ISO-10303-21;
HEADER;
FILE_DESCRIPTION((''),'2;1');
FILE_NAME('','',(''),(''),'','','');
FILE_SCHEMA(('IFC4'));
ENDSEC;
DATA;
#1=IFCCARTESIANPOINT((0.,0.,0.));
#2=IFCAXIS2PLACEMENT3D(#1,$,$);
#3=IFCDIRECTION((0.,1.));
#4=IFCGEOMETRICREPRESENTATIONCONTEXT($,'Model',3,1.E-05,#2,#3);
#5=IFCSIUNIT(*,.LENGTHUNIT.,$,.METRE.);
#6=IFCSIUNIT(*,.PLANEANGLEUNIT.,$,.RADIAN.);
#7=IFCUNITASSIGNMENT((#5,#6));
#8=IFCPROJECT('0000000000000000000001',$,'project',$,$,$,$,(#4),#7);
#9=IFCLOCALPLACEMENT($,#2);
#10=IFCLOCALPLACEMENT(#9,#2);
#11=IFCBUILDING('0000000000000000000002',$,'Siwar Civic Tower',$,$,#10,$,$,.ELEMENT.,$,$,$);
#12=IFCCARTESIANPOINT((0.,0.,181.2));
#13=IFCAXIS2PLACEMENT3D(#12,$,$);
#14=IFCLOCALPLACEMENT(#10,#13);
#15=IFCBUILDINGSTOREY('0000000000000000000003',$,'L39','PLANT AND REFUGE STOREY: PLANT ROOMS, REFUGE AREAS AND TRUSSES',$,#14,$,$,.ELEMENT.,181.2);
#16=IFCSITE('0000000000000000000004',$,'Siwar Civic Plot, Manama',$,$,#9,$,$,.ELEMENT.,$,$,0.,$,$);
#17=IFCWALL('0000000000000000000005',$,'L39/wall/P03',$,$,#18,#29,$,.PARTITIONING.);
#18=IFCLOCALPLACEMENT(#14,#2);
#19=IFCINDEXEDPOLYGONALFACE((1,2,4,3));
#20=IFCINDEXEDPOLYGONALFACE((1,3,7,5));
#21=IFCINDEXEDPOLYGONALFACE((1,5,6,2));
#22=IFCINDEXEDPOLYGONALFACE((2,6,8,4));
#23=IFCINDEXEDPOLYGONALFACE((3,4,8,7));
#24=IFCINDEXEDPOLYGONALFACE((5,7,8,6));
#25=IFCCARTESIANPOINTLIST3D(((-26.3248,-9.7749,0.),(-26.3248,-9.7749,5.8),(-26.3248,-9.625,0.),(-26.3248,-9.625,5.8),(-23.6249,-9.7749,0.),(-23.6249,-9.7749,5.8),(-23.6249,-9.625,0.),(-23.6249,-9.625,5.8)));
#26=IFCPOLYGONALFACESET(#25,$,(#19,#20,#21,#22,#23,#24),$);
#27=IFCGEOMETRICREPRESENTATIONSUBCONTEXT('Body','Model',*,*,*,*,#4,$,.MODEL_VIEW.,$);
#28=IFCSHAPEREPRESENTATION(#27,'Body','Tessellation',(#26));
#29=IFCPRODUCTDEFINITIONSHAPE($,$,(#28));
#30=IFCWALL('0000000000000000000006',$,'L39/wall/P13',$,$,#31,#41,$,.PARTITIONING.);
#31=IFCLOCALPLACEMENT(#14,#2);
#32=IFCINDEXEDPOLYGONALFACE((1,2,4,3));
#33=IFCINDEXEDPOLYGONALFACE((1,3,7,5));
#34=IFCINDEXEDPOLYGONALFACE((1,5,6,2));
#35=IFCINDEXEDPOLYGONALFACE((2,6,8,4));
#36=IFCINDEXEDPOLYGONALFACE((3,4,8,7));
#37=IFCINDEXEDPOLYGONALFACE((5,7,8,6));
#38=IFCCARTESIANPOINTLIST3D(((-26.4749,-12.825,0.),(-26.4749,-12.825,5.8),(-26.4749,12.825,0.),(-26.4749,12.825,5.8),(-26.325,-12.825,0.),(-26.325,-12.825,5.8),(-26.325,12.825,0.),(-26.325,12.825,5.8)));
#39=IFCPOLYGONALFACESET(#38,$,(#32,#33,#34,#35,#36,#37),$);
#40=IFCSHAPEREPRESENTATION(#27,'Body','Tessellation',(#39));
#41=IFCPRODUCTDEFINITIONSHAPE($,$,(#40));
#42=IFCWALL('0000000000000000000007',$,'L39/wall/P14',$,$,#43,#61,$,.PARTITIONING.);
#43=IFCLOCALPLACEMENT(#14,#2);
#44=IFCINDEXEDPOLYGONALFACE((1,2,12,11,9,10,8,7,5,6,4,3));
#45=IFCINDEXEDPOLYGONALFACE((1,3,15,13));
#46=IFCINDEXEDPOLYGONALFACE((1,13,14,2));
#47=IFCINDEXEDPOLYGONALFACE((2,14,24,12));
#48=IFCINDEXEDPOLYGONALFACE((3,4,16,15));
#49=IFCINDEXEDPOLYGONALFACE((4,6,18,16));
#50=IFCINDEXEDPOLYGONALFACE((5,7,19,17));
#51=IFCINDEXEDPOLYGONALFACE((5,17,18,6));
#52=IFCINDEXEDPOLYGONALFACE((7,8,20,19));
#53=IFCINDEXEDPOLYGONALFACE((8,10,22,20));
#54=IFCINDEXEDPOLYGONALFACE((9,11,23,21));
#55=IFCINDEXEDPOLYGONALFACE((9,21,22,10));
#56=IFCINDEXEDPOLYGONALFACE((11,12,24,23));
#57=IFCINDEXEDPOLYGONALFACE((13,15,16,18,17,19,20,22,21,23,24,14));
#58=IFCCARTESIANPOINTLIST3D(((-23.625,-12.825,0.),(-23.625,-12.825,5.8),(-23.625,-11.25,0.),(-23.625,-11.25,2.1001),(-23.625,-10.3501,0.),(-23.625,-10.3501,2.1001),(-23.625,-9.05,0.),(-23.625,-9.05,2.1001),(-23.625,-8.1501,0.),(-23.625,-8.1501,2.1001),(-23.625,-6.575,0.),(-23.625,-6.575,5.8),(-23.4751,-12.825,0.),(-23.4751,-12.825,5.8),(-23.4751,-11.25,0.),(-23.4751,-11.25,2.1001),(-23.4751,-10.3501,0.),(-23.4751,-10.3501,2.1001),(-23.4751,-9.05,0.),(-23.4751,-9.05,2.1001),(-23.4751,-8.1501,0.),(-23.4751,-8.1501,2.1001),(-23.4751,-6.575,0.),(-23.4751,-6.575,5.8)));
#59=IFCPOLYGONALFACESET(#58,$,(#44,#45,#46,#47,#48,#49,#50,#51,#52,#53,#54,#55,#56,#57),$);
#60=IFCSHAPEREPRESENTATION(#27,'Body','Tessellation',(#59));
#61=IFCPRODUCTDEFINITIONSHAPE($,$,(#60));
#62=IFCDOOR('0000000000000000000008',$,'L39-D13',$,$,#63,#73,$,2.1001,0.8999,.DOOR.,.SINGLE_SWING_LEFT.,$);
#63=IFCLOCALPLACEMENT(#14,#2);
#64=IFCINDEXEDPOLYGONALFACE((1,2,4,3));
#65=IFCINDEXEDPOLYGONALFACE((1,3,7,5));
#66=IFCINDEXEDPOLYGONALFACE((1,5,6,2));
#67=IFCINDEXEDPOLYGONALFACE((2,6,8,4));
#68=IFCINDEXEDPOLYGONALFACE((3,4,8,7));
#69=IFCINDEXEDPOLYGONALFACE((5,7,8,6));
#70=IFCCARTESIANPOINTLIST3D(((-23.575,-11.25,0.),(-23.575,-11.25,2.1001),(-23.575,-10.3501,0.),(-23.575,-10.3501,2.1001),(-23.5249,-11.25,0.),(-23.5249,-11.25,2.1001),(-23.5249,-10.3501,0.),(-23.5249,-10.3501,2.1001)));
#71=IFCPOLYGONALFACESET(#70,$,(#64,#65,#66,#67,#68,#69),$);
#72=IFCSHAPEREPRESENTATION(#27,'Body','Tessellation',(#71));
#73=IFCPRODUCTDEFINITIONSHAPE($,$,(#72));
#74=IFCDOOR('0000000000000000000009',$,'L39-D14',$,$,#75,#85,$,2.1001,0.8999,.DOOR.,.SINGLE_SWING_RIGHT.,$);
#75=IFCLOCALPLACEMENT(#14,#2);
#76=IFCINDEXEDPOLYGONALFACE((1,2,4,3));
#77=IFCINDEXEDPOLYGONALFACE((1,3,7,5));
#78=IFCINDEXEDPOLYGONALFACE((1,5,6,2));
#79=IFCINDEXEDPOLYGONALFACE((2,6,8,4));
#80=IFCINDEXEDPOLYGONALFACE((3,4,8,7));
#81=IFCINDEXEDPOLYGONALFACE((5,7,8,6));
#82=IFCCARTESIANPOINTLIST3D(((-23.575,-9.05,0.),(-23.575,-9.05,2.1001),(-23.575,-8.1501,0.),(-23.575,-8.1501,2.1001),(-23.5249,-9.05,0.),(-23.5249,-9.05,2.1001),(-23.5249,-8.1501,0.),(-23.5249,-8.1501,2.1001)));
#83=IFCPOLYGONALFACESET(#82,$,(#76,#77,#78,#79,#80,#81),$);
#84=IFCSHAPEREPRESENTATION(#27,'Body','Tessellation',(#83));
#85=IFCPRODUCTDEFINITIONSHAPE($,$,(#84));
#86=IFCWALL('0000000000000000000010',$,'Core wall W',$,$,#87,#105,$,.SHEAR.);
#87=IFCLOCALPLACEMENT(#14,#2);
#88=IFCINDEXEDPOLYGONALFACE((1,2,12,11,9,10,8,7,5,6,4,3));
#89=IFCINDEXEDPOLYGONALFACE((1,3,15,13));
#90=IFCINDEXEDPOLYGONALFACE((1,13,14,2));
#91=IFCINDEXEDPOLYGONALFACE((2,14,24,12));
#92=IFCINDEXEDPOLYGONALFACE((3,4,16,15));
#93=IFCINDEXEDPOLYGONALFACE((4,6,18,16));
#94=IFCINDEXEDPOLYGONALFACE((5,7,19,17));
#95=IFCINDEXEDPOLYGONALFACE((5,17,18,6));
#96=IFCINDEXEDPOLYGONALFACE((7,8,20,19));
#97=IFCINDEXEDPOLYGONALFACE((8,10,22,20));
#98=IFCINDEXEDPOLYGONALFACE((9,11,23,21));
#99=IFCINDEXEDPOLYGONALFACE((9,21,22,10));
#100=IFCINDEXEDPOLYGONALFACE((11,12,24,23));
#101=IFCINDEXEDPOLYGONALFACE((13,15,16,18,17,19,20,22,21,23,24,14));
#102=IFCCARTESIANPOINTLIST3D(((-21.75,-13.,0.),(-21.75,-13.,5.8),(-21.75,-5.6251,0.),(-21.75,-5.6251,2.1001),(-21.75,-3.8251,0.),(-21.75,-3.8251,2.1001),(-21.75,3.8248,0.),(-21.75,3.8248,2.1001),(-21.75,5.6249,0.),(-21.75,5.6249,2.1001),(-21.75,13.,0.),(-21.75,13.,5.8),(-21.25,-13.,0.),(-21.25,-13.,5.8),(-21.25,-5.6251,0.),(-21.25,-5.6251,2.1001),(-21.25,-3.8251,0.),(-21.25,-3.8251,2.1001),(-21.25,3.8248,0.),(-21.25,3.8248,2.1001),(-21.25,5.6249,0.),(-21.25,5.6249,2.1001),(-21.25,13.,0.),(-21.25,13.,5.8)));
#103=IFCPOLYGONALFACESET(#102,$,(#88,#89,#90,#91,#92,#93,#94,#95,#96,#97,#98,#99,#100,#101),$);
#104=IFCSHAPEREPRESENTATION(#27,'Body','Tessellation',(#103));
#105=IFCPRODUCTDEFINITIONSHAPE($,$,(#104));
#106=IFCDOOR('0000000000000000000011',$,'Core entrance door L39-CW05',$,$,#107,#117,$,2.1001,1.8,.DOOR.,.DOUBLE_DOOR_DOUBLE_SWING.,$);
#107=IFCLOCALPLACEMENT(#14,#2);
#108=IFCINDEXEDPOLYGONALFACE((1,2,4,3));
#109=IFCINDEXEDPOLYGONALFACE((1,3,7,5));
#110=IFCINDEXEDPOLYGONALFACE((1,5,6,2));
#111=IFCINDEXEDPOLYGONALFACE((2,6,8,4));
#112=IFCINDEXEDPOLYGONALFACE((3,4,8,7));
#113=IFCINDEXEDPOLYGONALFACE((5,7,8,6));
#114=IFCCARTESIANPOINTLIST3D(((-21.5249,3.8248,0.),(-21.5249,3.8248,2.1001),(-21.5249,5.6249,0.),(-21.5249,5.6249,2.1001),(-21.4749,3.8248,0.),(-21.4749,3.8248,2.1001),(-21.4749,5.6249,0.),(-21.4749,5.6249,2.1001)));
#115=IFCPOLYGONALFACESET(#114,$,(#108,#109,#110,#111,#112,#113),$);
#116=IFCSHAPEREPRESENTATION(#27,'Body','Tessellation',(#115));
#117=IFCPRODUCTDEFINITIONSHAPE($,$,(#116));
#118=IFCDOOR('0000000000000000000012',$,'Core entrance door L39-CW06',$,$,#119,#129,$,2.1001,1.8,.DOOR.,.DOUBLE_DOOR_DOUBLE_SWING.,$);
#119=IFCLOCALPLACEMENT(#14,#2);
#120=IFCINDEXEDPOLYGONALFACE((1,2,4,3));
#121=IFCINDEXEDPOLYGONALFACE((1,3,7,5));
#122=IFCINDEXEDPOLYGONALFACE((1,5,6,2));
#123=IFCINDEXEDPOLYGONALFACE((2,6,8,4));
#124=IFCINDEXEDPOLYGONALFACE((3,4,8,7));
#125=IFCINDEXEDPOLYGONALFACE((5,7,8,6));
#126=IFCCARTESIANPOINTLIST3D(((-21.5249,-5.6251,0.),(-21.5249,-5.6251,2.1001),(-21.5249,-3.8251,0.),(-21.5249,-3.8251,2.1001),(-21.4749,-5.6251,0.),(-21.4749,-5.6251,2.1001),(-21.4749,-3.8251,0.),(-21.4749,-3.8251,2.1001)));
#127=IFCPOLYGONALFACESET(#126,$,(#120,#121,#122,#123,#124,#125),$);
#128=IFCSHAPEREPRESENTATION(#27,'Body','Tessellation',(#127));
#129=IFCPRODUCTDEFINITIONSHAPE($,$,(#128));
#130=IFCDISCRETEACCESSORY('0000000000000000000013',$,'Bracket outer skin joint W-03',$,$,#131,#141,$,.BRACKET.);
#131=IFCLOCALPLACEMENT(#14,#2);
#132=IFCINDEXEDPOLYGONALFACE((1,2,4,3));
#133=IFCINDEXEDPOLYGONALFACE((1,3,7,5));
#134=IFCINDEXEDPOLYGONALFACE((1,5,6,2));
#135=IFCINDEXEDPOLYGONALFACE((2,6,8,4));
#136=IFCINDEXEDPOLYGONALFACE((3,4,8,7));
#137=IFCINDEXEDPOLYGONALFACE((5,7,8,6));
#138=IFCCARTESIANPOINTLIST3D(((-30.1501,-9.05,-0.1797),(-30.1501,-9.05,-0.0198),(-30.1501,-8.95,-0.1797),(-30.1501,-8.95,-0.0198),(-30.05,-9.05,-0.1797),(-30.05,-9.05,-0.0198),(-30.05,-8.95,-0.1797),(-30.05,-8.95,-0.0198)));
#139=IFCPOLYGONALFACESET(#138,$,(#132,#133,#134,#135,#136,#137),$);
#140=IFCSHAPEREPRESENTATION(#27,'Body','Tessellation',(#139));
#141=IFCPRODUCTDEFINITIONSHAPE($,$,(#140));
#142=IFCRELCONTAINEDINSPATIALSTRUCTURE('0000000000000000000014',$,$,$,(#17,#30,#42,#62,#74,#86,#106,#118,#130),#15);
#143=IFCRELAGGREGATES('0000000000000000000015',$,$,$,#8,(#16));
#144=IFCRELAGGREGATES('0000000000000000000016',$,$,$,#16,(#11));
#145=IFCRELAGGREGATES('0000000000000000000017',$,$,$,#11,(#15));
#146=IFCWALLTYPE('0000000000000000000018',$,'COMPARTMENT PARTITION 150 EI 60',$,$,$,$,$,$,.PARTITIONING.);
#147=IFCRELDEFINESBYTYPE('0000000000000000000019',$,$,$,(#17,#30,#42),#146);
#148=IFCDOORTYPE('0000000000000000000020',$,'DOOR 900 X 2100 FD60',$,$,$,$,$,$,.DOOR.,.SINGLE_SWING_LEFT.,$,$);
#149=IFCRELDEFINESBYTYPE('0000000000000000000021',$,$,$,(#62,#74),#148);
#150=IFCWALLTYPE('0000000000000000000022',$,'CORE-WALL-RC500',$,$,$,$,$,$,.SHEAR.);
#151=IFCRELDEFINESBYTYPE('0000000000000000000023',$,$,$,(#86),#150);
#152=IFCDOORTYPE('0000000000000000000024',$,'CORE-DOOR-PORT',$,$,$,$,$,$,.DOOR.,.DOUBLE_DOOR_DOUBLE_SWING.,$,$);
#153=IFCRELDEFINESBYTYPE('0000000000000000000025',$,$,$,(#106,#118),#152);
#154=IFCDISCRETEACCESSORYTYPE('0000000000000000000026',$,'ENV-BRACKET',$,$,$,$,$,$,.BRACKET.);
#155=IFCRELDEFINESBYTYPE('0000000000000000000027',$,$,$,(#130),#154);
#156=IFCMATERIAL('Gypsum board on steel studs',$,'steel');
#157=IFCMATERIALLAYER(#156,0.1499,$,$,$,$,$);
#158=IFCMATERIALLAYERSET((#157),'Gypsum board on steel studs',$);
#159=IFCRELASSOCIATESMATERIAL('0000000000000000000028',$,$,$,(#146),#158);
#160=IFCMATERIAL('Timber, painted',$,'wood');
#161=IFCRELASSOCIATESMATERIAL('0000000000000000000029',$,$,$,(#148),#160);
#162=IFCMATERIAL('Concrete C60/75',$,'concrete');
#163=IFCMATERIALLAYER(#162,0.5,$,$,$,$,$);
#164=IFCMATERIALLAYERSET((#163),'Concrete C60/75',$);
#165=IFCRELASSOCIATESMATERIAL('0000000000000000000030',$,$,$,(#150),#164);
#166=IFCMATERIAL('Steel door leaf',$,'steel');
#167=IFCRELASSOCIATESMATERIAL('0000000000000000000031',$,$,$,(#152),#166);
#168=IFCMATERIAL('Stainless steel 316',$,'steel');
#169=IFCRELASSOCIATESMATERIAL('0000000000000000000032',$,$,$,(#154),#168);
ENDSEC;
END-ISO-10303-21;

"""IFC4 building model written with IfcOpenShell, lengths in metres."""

from ifc_helpers import new_model, si_unit, direction, frame, frame_2d, origin, origin_2d, place, context, subcontext, project, spatial, rectangle, extrude, material, layer, layer_set, type_object, element, fill, save


model = new_model("IFC4")

# Units and contexts
model_context = context("Model", 3, precision=1e-05, world=origin(), true_north=direction((0.0, 1.0)))
body_context = subcontext(model_context, "Body", "Model", "MODEL_VIEW")
ifc_project = project(units=[si_unit("LENGTHUNIT", "METRE"), si_unit("PLANEANGLEUNIT", "RADIAN")], contexts=[model_context])

# Site, building, storey
site_placement = place(None, origin())
site = spatial("IfcSite", under=ifc_project, at=site_placement, Name="Siwar Civic Plot, Manama", CompositionType="ELEMENT", RefElevation=0.0)
building_placement = place(site_placement, origin())
building = spatial("IfcBuilding", under=site, at=building_placement, Name="Siwar Civic Tower", CompositionType="ELEMENT")
storey_placement = place(building_placement, frame((0.0, 0.0, 181.2)))
storey = spatial("IfcBuildingStorey", under=building, at=storey_placement, Name="L39", Description="PLANT AND REFUGE STOREY: PLANT ROOMS, REFUGE AREAS AND TRUSSES", CompositionType="ELEMENT", Elevation=181.2)

# Walls
ifc_material_1 = material(Name="Gypsum board on steel studs", Category="steel")
ifc_layer_1 = layer(ifc_material_1, 0.1499)
ifc_layer_set_1 = layer_set([ifc_layer_1], Name="Gypsum board on steel studs")
wall_type_1 = type_object("IfcWallType", Name="COMPARTMENT PARTITION 150 EI 60", PredefinedType="PARTITIONING", material=ifc_layer_set_1)
wall_1_placement = place(storey_placement, frame((-26.325, -9.7, 0.0), z_axis=(0.0, 0.0, 1.0), x_axis=(1.0, 0.0, 0.0)))
element("IfcWall", 1, at=wall_1_placement, inside=storey, type_object=wall_type_1, Name="L39/wall/P03", PredefinedType="PARTITIONING", context=body_context, shape_type="SweptSolid", body=[
    extrude(rectangle(XDim=2.7, YDim=0.1499, at=frame_2d((1.3501, 0.0))), origin(), (0.0, 0.0, 1.0), 5.8),
])
wall_2_placement = place(storey_placement, frame((-26.3999, -12.825, 0.0), z_axis=(0.0, 0.0, 1.0), x_axis=(0.0, 1.0, 0.0)))
element("IfcWall", 2, at=wall_2_placement, inside=storey, type_object=wall_type_1, Name="L39/wall/P13", PredefinedType="PARTITIONING", context=body_context, shape_type="SweptSolid", body=[
    extrude(rectangle(XDim=25.6499, YDim=0.1499, at=frame_2d((12.825, 0.0))), origin(), (0.0, 0.0, 1.0), 5.8),
])

# Walls, openings, doors
wall_3_placement = place(storey_placement, frame((-23.55, -12.825, 0.0), z_axis=(0.0, 0.0, 1.0), x_axis=(0.0, 1.0, 0.0)))
wall_3 = element("IfcWall", 3, at=wall_3_placement, inside=storey, type_object=wall_type_1, Name="L39/wall/P14", PredefinedType="PARTITIONING", context=body_context, shape_type="SweptSolid", body=[
    extrude(rectangle(XDim=6.25, YDim=0.1499, at=frame_2d((3.125, 0.0))), origin(), (0.0, 0.0, 1.0), 5.8),
])
opening_1_placement = place(wall_3_placement, frame((1.575, 0.0, 0.0)))
opening_1 = element("IfcOpeningElement", 4, at=opening_1_placement, cuts=wall_3, PredefinedType="OPENING", context=body_context, shape_type="SweptSolid", body=[
    extrude(rectangle(XDim=0.8999, YDim=2.1001, at=frame_2d((0.45, 1.05))), frame((0.0, 0.085, 0.0), z_axis=(0.0, -1.0, 0.0), x_axis=(1.0, 0.0, 0.0)), (0.0, 0.0, 1.0), 0.1699),
])
opening_2_placement = place(wall_3_placement, frame((3.7749, 0.0, 0.0)))
opening_2 = element("IfcOpeningElement", 5, at=opening_2_placement, cuts=wall_3, PredefinedType="OPENING", context=body_context, shape_type="SweptSolid", body=[
    extrude(rectangle(XDim=0.8999, YDim=2.1001, at=frame_2d((0.45, 1.05))), frame((0.0, 0.085, 0.0), z_axis=(0.0, -1.0, 0.0), x_axis=(1.0, 0.0, 0.0)), (0.0, 0.0, 1.0), 0.1699),
])
ifc_material_2 = material(Name="Timber, painted", Category="wood")
door_type_1 = type_object("IfcDoorType", Name="DOOR 900 X 2100 FD60", OperationType="SINGLE_SWING_LEFT", PredefinedType="DOOR", material=ifc_material_2)
door_1_placement = place(opening_1_placement, origin())
door_1 = element("IfcDoor", 6, at=door_1_placement, inside=storey, type_object=door_type_1, Name="L39-D13", OperationType="SINGLE_SWING_LEFT", OverallHeight=2.1001, OverallWidth=0.8999, PredefinedType="DOOR", context=body_context, shape_type="SweptSolid", body=[
    extrude(rectangle(XDim=0.8999, YDim=2.1001, at=frame_2d((0.45, 1.05))), frame((0.0, 0.0249, 0.0), z_axis=(0.0, -1.0, 0.0), x_axis=(1.0, 0.0, 0.0)), (0.0, 0.0, 1.0), 0.05),
])
fill(opening_1, door_1)
door_2_placement = place(opening_2_placement, origin())
door_2 = element("IfcDoor", 7, at=door_2_placement, inside=storey, type_object=door_type_1, Name="L39-D14", OperationType="SINGLE_SWING_RIGHT", OverallHeight=2.1001, OverallWidth=0.8999, PredefinedType="DOOR", context=body_context, shape_type="SweptSolid", body=[
    extrude(rectangle(XDim=0.8999, YDim=2.1001, at=frame_2d((0.45, 1.05))), frame((0.0, 0.0249, 0.0), z_axis=(0.0, -1.0, 0.0), x_axis=(1.0, 0.0, 0.0)), (0.0, 0.0, 1.0), 0.05),
])
fill(opening_2, door_2)
ifc_material_3 = material(Name="Concrete C60/75", Category="concrete")
ifc_layer_2 = layer(ifc_material_3, 0.5)
ifc_layer_set_2 = layer_set([ifc_layer_2], Name="Concrete C60/75")
wall_type_2 = type_object("IfcWallType", Name="CORE-WALL-RC500", PredefinedType="SHEAR", material=ifc_layer_set_2)
wall_4_placement = place(storey_placement, frame((-21.5, -13.0, 0.0), z_axis=(0.0, 0.0, 1.0), x_axis=(0.0, 1.0, 0.0)))
wall_4 = element("IfcWall", 8, at=wall_4_placement, inside=storey, type_object=wall_type_2, Name="Core wall W", PredefinedType="SHEAR", context=body_context, shape_type="SweptSolid", body=[
    extrude(rectangle(XDim=26.0, YDim=0.5, at=frame_2d((13.0, 0.0))), origin(), (0.0, 0.0, 1.0), 5.8),
])
opening_3_placement = place(wall_4_placement, frame((16.825, 0.0, 0.0)))
opening_3 = element("IfcOpeningElement", 9, at=opening_3_placement, cuts=wall_4, PredefinedType="OPENING", context=body_context, shape_type="SweptSolid", body=[
    extrude(rectangle(XDim=1.8, YDim=2.1001, at=frame_2d((0.8999, 1.05))), frame((0.0, 0.26, 0.0), z_axis=(0.0, -1.0, 0.0), x_axis=(1.0, 0.0, 0.0)), (0.0, 0.0, 1.0), 0.52),
])
opening_4_placement = place(wall_4_placement, frame((7.375, 0.0, 0.0)))
opening_4 = element("IfcOpeningElement", 10, at=opening_4_placement, cuts=wall_4, PredefinedType="OPENING", context=body_context, shape_type="SweptSolid", body=[
    extrude(rectangle(XDim=1.8, YDim=2.1001, at=frame_2d((0.8999, 1.05))), frame((0.0, 0.26, 0.0), z_axis=(0.0, -1.0, 0.0), x_axis=(1.0, 0.0, 0.0)), (0.0, 0.0, 1.0), 0.52),
])
ifc_material_4 = material(Name="Steel door leaf", Category="steel")
door_type_2 = type_object("IfcDoorType", Name="CORE-DOOR-PORT", OperationType="DOUBLE_DOOR_DOUBLE_SWING", PredefinedType="DOOR", material=ifc_material_4)
door_3_placement = place(opening_3_placement, origin())
door_3 = element("IfcDoor", 11, at=door_3_placement, inside=storey, type_object=door_type_2, Name="Core entrance door L39-CW05", OperationType="DOUBLE_DOOR_DOUBLE_SWING", OverallHeight=2.1001, OverallWidth=1.8, PredefinedType="DOOR", context=body_context, shape_type="SweptSolid", body=[
    extrude(rectangle(XDim=1.8, YDim=2.1001, at=frame_2d((0.8999, 1.05))), frame((0.0, 0.0249, 0.0), z_axis=(0.0, -1.0, 0.0), x_axis=(1.0, 0.0, 0.0)), (0.0, 0.0, 1.0), 0.05),
])
fill(opening_3, door_3)
door_4_placement = place(opening_4_placement, origin())
door_4 = element("IfcDoor", 12, at=door_4_placement, inside=storey, type_object=door_type_2, Name="Core entrance door L39-CW06", OperationType="DOUBLE_DOOR_DOUBLE_SWING", OverallHeight=2.1001, OverallWidth=1.8, PredefinedType="DOOR", context=body_context, shape_type="SweptSolid", body=[
    extrude(rectangle(XDim=1.8, YDim=2.1001, at=frame_2d((0.8999, 1.05))), frame((0.0, 0.0249, 0.0), z_axis=(0.0, -1.0, 0.0), x_axis=(1.0, 0.0, 0.0)), (0.0, 0.0, 1.0), 0.05),
])
fill(opening_4, door_4)

# Discrete accessory
ifc_material_5 = material(Name="Stainless steel 316", Category="steel")
discrete_accessory_type = type_object("IfcDiscreteAccessoryType", Name="ENV-BRACKET", PredefinedType="BRACKET", material=ifc_material_5)
discrete_accessory_placement = place(storey_placement, frame((-30.1001, -9.0, -0.1797), z_axis=(0.0, 0.0, 1.0), x_axis=(-1.0, 0.0, 0.0)))
element("IfcDiscreteAccessory", 13, at=discrete_accessory_placement, inside=storey, type_object=discrete_accessory_type, Name="Bracket outer skin joint W-03", PredefinedType="BRACKET", context=body_context, shape_type="SweptSolid", body=[
    extrude(rectangle(XDim=0.1001, YDim=0.1001, at=origin_2d()), origin(), (0.0, 0.0, 1.0), 0.1599),
])

save(model, "model.ifc")
